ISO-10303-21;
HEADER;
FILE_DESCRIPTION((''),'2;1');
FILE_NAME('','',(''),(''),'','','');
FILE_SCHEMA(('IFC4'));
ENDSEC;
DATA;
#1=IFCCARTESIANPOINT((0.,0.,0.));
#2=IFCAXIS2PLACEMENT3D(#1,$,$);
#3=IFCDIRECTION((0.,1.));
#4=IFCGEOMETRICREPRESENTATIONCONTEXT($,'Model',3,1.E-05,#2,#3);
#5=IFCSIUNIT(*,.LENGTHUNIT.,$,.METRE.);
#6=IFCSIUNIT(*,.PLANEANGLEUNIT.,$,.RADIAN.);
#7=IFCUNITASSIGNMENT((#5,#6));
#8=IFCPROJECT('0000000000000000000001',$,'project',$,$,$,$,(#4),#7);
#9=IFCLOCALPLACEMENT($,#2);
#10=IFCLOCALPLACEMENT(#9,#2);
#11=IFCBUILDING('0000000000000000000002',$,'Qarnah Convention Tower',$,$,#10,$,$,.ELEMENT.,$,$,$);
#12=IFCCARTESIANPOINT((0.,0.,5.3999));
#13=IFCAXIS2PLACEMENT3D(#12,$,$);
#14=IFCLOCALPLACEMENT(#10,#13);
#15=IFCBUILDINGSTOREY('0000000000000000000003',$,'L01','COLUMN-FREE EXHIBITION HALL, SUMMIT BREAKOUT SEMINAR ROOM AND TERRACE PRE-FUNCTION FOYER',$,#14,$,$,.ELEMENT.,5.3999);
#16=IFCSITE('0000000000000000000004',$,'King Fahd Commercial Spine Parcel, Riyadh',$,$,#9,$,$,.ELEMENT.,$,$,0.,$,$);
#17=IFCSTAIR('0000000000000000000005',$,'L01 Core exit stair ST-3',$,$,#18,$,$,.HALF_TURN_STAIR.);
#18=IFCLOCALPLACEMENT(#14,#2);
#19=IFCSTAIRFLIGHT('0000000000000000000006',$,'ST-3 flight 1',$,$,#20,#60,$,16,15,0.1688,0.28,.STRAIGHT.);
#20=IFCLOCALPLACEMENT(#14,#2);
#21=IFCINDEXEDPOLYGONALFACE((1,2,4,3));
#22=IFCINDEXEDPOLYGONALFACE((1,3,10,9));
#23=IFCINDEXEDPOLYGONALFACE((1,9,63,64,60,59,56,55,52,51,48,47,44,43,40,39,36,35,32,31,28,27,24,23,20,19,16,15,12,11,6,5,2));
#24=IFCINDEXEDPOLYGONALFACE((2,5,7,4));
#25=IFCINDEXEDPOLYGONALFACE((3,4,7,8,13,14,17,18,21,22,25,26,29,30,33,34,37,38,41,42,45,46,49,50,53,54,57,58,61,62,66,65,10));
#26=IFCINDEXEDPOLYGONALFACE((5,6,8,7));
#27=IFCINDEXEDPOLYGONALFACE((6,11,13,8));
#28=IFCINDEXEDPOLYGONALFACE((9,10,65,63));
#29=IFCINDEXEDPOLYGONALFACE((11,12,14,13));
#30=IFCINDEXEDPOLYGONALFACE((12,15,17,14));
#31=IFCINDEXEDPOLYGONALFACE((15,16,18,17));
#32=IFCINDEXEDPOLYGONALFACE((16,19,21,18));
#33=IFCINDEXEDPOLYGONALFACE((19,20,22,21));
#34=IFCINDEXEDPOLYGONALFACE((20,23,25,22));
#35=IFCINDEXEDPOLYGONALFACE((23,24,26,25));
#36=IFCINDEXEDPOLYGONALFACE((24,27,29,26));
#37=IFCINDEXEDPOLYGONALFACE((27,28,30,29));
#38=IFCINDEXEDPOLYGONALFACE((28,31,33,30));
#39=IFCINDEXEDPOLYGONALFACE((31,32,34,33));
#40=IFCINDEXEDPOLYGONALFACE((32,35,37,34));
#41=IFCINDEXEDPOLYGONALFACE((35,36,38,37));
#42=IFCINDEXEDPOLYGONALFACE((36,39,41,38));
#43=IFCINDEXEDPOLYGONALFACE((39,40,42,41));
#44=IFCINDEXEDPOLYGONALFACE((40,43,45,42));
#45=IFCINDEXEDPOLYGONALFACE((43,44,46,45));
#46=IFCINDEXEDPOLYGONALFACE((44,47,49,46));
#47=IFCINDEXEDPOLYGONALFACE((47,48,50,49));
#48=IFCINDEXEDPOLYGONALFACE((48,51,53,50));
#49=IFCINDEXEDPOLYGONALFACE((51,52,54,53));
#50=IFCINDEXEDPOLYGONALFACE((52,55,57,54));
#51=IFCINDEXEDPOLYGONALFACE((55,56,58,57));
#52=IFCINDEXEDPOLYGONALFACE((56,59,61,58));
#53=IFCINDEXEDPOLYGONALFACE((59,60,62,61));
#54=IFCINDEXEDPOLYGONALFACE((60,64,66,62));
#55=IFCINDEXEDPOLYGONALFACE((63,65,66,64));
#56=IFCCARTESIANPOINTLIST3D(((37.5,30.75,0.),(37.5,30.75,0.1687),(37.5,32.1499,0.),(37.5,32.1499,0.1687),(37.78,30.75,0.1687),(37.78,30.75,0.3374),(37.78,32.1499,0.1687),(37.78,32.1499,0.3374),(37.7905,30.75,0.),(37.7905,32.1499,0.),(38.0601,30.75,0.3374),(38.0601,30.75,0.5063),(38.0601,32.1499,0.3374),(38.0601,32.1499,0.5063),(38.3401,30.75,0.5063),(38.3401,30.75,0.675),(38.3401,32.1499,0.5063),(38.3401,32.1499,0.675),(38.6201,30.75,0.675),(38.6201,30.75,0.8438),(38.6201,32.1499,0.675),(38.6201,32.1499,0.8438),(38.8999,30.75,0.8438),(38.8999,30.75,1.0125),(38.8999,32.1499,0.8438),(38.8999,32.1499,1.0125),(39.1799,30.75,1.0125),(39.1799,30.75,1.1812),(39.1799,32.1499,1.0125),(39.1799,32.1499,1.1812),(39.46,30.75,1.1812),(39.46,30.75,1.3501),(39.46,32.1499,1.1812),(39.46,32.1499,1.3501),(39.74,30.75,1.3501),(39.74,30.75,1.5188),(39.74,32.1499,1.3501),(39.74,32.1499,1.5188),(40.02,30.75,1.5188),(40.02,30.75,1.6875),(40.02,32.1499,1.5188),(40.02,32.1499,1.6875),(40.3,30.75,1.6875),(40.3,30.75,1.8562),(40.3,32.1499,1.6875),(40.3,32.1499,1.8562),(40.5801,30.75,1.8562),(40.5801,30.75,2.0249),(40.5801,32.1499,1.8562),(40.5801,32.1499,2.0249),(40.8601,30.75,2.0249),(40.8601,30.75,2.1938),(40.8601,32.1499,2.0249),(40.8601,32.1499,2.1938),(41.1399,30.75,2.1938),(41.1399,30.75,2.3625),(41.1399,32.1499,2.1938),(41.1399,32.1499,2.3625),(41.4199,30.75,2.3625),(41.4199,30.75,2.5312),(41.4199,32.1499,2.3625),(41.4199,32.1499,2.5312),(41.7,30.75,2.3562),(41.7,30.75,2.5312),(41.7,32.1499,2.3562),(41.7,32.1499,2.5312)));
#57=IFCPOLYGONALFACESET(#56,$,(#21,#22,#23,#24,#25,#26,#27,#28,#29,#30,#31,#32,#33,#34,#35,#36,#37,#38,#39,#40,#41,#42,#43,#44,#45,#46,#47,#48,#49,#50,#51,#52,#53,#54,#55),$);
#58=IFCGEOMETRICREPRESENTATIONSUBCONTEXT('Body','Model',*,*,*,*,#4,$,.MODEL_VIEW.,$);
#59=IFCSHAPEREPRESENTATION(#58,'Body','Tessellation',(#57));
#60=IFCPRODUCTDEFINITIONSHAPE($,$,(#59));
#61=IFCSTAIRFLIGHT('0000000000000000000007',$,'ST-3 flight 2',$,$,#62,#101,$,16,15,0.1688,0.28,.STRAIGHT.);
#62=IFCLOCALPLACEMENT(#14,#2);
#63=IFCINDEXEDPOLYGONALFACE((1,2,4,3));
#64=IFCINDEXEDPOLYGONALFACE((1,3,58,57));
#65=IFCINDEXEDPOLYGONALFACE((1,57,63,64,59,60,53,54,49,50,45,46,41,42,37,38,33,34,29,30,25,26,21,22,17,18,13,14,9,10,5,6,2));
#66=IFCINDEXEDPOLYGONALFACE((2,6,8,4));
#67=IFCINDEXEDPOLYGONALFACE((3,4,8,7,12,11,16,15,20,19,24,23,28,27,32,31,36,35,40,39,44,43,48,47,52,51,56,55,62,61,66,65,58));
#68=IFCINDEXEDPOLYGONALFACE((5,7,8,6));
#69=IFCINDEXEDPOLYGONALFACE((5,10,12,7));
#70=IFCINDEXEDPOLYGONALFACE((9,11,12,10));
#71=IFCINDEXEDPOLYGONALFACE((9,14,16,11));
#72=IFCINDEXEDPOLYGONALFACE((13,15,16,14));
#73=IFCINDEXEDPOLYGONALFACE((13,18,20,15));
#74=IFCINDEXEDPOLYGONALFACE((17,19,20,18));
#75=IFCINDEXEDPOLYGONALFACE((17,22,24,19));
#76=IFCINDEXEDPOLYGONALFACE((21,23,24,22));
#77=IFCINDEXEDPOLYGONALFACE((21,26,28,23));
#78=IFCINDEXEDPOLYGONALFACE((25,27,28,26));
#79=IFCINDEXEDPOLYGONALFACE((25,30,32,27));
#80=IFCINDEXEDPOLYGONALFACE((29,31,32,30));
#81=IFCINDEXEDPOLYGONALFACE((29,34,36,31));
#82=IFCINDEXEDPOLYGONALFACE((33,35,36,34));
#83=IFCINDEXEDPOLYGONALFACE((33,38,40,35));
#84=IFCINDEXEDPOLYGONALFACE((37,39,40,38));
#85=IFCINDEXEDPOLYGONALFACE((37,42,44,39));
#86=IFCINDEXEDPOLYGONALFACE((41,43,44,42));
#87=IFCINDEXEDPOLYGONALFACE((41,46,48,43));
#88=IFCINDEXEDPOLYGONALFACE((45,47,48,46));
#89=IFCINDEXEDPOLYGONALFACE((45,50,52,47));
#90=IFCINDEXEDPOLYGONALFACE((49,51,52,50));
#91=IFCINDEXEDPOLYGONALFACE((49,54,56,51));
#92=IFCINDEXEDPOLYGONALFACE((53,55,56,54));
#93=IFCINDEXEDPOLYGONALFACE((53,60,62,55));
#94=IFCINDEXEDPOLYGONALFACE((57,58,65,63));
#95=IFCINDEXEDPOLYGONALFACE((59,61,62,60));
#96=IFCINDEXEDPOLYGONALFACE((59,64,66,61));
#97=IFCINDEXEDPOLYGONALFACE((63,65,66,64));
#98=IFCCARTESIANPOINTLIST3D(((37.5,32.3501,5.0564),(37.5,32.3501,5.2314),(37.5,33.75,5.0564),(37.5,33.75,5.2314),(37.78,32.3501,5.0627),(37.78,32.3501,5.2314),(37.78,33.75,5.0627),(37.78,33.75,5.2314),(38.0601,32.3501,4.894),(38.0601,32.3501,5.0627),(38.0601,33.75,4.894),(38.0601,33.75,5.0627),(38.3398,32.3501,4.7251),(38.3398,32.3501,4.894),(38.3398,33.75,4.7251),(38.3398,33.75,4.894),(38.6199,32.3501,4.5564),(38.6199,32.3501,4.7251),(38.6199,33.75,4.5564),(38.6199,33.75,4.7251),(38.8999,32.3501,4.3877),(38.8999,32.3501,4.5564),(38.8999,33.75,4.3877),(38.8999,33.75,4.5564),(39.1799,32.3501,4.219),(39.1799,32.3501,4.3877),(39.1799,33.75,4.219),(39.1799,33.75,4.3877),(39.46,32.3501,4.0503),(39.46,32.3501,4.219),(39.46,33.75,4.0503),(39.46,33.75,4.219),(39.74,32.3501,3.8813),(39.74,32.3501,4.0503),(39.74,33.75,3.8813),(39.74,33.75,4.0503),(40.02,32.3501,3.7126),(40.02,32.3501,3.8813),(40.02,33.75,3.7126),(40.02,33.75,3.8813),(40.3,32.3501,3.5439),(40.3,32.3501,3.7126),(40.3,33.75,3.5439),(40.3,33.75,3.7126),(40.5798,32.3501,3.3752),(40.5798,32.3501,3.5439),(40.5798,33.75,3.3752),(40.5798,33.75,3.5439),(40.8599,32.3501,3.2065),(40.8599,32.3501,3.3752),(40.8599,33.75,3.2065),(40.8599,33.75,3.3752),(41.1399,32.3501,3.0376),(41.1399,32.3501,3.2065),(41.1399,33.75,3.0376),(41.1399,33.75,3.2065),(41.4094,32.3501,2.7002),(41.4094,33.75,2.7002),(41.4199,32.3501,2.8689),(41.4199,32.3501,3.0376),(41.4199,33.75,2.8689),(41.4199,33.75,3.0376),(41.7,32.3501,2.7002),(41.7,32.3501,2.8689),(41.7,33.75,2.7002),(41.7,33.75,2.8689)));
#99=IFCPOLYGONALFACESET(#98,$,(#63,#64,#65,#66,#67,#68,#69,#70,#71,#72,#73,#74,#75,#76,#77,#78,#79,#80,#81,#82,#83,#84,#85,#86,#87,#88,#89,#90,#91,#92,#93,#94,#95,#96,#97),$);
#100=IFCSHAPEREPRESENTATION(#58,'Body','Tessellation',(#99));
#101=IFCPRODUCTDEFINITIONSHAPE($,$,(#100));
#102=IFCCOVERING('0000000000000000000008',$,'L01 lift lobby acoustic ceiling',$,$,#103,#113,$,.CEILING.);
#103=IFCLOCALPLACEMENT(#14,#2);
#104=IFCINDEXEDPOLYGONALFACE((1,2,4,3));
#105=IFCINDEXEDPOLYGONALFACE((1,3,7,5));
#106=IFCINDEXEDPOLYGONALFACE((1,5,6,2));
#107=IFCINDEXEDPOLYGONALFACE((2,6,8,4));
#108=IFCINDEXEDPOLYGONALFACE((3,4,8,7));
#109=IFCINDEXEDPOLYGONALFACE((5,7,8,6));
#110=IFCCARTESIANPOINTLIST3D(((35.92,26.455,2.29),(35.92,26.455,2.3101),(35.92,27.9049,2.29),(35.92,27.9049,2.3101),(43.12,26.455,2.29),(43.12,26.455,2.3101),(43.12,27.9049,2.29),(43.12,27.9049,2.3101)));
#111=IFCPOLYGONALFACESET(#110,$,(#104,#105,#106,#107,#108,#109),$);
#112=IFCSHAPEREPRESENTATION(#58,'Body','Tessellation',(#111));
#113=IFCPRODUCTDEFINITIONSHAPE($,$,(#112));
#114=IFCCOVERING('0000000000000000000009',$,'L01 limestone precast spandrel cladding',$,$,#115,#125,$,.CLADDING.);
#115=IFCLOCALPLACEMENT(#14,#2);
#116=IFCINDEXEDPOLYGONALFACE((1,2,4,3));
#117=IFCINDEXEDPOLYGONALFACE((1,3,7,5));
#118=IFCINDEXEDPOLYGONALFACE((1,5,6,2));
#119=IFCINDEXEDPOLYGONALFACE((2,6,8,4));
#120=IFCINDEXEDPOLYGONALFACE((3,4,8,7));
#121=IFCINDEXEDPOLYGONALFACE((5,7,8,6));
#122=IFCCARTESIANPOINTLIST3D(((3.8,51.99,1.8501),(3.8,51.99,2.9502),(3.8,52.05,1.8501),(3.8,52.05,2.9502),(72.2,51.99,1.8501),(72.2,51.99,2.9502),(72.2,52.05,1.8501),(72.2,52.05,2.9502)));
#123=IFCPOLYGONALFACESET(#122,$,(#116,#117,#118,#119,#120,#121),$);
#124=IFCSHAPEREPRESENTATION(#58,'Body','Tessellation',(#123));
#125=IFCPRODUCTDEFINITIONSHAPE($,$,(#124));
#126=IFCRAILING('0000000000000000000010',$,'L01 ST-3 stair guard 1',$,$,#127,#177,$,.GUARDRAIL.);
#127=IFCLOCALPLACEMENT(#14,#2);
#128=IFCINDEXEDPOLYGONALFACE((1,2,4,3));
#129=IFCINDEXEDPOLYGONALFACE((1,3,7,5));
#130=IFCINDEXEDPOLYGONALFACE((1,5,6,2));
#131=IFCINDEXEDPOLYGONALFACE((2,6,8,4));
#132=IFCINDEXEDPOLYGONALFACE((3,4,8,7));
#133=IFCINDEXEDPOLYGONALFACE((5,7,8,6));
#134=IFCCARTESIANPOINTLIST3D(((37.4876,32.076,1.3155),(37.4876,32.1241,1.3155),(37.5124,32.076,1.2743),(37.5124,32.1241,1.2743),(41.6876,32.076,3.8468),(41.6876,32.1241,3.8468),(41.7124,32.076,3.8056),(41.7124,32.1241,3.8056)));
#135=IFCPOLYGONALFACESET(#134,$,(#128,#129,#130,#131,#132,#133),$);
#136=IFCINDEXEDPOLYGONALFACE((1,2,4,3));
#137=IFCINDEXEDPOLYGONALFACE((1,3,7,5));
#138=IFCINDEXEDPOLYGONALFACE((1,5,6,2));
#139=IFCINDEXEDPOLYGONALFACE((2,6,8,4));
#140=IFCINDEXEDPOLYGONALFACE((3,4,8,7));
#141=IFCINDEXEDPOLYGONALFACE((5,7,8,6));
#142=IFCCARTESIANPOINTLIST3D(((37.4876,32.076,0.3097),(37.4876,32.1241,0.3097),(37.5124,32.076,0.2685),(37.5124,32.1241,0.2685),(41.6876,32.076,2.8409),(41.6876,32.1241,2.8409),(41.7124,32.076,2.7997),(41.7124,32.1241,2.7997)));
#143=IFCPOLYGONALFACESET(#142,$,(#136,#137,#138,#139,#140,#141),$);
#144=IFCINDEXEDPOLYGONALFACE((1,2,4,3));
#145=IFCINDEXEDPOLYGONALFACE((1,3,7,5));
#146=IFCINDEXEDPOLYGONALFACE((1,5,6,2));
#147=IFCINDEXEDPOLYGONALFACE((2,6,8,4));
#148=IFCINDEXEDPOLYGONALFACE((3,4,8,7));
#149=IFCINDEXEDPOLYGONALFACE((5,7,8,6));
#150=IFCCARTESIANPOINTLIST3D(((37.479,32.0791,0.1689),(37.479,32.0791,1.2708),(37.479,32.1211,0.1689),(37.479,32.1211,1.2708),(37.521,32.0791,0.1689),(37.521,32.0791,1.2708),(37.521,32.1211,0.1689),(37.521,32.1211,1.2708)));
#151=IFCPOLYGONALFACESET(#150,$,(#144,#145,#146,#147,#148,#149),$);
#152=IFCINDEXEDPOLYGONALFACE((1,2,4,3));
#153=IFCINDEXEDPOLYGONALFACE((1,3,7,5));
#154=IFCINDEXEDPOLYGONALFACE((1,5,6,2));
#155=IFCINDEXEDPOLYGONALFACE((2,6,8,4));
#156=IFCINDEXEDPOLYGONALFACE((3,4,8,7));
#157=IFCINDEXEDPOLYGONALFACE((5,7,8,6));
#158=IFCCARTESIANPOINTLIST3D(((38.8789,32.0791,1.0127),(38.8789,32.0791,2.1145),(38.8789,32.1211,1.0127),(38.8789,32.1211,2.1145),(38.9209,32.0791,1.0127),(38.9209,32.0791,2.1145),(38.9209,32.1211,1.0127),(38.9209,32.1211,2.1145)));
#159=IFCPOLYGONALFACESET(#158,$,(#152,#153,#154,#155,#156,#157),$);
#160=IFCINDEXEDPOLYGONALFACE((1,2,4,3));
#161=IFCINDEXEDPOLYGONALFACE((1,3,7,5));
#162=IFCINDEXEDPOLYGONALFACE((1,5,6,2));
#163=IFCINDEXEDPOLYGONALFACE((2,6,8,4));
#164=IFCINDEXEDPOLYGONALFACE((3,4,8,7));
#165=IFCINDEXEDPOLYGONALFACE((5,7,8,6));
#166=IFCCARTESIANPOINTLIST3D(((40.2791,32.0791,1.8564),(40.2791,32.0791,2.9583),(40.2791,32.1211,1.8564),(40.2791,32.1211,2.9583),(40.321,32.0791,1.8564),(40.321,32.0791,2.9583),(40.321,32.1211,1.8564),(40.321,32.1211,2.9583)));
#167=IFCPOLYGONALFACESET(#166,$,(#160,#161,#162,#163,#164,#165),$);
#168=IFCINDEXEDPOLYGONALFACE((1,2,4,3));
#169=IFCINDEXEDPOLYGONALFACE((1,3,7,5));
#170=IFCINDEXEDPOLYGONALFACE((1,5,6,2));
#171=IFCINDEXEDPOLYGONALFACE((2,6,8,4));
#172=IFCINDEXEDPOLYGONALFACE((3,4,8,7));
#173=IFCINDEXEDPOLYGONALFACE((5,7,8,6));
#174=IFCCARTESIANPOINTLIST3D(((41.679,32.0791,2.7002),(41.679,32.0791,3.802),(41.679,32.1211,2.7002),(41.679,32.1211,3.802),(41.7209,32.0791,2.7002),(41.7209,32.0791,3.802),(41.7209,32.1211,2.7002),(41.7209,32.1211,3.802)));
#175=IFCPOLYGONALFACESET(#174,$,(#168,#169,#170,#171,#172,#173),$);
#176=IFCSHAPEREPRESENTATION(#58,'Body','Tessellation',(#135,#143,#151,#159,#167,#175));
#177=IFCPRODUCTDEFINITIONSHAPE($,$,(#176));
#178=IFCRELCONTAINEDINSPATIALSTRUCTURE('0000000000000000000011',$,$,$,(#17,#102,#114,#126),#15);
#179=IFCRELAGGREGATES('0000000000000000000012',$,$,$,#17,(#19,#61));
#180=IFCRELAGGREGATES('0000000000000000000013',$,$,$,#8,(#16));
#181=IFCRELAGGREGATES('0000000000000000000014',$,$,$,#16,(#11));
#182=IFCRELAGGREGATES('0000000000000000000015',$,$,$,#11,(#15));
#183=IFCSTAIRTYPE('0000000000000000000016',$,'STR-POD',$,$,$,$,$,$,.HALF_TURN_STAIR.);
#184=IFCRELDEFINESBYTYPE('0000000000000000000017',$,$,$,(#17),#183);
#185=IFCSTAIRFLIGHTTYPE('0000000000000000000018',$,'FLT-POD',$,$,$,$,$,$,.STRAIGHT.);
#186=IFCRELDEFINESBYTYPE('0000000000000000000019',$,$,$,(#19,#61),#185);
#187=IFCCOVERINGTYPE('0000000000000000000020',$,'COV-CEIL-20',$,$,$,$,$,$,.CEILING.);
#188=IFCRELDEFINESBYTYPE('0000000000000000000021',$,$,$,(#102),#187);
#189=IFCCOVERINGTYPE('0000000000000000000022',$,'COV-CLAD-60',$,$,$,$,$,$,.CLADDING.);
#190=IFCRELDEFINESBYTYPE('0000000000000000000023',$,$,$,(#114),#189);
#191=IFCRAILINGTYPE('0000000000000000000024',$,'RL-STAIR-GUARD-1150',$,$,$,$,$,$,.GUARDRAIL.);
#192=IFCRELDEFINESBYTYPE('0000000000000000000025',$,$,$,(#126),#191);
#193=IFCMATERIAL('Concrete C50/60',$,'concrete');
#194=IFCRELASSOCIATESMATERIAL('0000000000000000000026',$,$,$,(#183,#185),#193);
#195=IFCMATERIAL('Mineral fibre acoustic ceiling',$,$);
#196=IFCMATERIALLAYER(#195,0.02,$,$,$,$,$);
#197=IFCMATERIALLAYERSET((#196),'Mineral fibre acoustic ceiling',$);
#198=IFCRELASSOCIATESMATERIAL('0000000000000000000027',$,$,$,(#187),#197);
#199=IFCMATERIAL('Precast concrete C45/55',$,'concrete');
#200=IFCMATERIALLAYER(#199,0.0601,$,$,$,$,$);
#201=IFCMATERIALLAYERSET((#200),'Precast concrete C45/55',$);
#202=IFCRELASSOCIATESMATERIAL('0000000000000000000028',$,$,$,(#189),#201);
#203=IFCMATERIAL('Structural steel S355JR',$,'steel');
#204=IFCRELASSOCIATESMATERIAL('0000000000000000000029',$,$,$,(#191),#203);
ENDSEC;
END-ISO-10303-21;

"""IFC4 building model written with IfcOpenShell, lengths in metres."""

from ifc_helpers import new_model, si_unit, direction, frame, origin, origin_2d, place, context, subcontext, project, spatial, polyline, rectangle, outline, extrude, material, layer, layer_set, type_object, element, aggregate, save


model = new_model("IFC4")

# Units and contexts
model_context = context("Model", 3, precision=1e-05, world=origin(), true_north=direction((0.0, 1.0)))
body_context = subcontext(model_context, "Body", "Model", "MODEL_VIEW")
ifc_project = project(units=[si_unit("LENGTHUNIT", "METRE"), si_unit("PLANEANGLEUNIT", "RADIAN")], contexts=[model_context])

# Site, building, storey
site_placement = place(None, origin())
site = spatial("IfcSite", under=ifc_project, at=site_placement, Name="King Fahd Commercial Spine Parcel, Riyadh", CompositionType="ELEMENT", RefElevation=0.0)
building_placement = place(site_placement, origin())
building = spatial("IfcBuilding", under=site, at=building_placement, Name="Qarnah Convention Tower", CompositionType="ELEMENT")
storey_placement = place(building_placement, frame((0.0, 0.0, 5.3999)))
storey = spatial("IfcBuildingStorey", under=building, at=storey_placement, Name="L01", Description="COLUMN-FREE EXHIBITION HALL, SUMMIT BREAKOUT SEMINAR ROOM AND TERRACE PRE-FUNCTION FOYER", CompositionType="ELEMENT", Elevation=5.3999)

# Shared definitions
ifc_material_1 = material(Name="Structural steel S355JR", Category="steel")

# Stair, stair flights
ifc_material_2 = material(Name="Concrete C50/60", Category="concrete")
stair_type = type_object("IfcStairType", Name="STR-POD", PredefinedType="HALF_TURN_STAIR", material=ifc_material_2)
stair_placement = place(storey_placement, origin())
stair = element("IfcStair", 1, at=stair_placement, inside=storey, type_object=stair_type, Name="L01 Core exit stair ST-3", PredefinedType="HALF_TURN_STAIR")
stair_flight_type = type_object("IfcStairFlightType", Name="FLT-POD", PredefinedType="STRAIGHT", material=ifc_material_2)
stair_flight_1_placement = place(storey_placement, frame((37.5, 31.45, 0.0), z_axis=(0.0, 0.0, 1.0), x_axis=(1.0, 0.0, 0.0)))
stair_flight_1 = element("IfcStairFlight", 2, at=stair_flight_1_placement, type_object=stair_flight_type, Name="ST-3 flight 1", NumberOfRisers=16, NumberOfTreads=15, PredefinedType="STRAIGHT", RiserHeight=0.1688, TreadLength=0.28, context=body_context, shape_type="SweptSolid", body=[
    extrude(outline(polyline([(0.0, 0.0), (0.0, 0.1687), (0.28, 0.1687), (0.28, 0.3374), (0.5601, 0.3374), (0.5601, 0.5063), (0.8401, 0.5063), (0.8401, 0.675), (1.1201, 0.675), (1.1201, 0.8438), (1.3999, 0.8438), (1.3999, 1.0125), (1.6799, 1.0125), (1.6799, 1.1812), (1.96, 1.1812), (1.96, 1.3501), (2.24, 1.3501), (2.24, 1.5188), (2.52, 1.5188), (2.52, 1.6875), (2.8, 1.6875), (2.8, 1.8562), (3.0801, 1.8562), (3.0801, 2.0249), (3.3601, 2.0249), (3.3601, 2.1938), (3.6399, 2.1938), (3.6399, 2.3625), (3.9199, 2.3625), (3.9199, 2.5312), (4.2, 2.5312), (4.2, 2.7), (4.2, 2.3562), (0.2905, 0.0), (0.0, 0.0)])), frame((0.0, 0.7, 0.0), z_axis=(0.0, -1.0, 0.0), x_axis=(1.0, 0.0, 0.0)), (0.0, 0.0, 1.0), 1.3999),
])
stair_flight_2_placement = place(storey_placement, frame((41.7, 33.05, 2.7002), z_axis=(0.0, 0.0, 1.0), x_axis=(-1.0, 0.0, 0.0)))
stair_flight_2 = element("IfcStairFlight", 3, at=stair_flight_2_placement, type_object=stair_flight_type, Name="ST-3 flight 2", NumberOfRisers=16, NumberOfTreads=15, PredefinedType="STRAIGHT", RiserHeight=0.1688, TreadLength=0.28, context=body_context, shape_type="SweptSolid", body=[
    extrude(outline(polyline([(0.0, 0.0), (0.0, 0.1687), (0.28, 0.1687), (0.28, 0.3374), (0.5601, 0.3374), (0.5601, 0.5063), (0.8401, 0.5063), (0.8401, 0.675), (1.1201, 0.675), (1.1201, 0.8438), (1.3999, 0.8438), (1.3999, 1.0125), (1.6799, 1.0125), (1.6799, 1.1812), (1.96, 1.1812), (1.96, 1.3501), (2.24, 1.3501), (2.24, 1.5188), (2.52, 1.5188), (2.52, 1.6875), (2.8, 1.6875), (2.8, 1.8562), (3.0801, 1.8562), (3.0801, 2.0249), (3.3601, 2.0249), (3.3601, 2.1938), (3.6399, 2.1938), (3.6399, 2.3625), (3.9199, 2.3625), (3.9199, 2.5312), (4.2, 2.5312), (4.2, 2.7), (4.2, 2.3562), (0.2905, 0.0), (0.0, 0.0)])), frame((0.0, 0.7, 0.0), z_axis=(0.0, -1.0, 0.0), x_axis=(1.0, 0.0, 0.0)), (0.0, 0.0, 1.0), 1.3999),
])
aggregate(stair, [stair_flight_1, stair_flight_2])

# Coverings
ifc_material_3 = material(Name="Mineral fibre acoustic ceiling")
ifc_layer_1 = layer(ifc_material_3, 0.02)
ifc_layer_set_1 = layer_set([ifc_layer_1], Name="Mineral fibre acoustic ceiling")
covering_type_1 = type_object("IfcCoveringType", Name="COV-CEIL-20", PredefinedType="CEILING", material=ifc_layer_set_1)
covering_1_placement = place(storey_placement, frame((39.52, 27.1799, 2.29), z_axis=(0.0, 0.0, 1.0), x_axis=(1.0, 0.0, 0.0)))
element("IfcCovering", 4, at=covering_1_placement, inside=storey, type_object=covering_type_1, Name="L01 lift lobby acoustic ceiling", PredefinedType="CEILING", context=body_context, shape_type="SweptSolid", body=[
    extrude(rectangle(XDim=7.2, YDim=1.45, at=origin_2d()), origin(), (0.0, 0.0, 1.0), 0.02),
])
ifc_material_4 = material(Name="Precast concrete C45/55", Category="concrete")
ifc_layer_2 = layer(ifc_material_4, 0.0601)
ifc_layer_set_2 = layer_set([ifc_layer_2], Name="Precast concrete C45/55")
covering_type_2 = type_object("IfcCoveringType", Name="COV-CLAD-60", PredefinedType="CLADDING", material=ifc_layer_set_2)
covering_2_placement = place(storey_placement, frame((38.0, 52.02, 1.8501), z_axis=(0.0, 0.0, 1.0), x_axis=(1.0, 0.0, 0.0)))
element("IfcCovering", 5, at=covering_2_placement, inside=storey, type_object=covering_type_2, Name="L01 limestone precast spandrel cladding", PredefinedType="CLADDING", context=body_context, shape_type="SweptSolid", body=[
    extrude(rectangle(XDim=68.3999, YDim=0.0601, at=origin_2d()), origin(), (0.0, 0.0, 1.0), 1.1001),
])

# Railing
railing_type_1 = type_object("IfcRailingType", Name="RL-STAIR-GUARD-1150", PredefinedType="GUARDRAIL", material=ifc_material_1)
railing_1_placement = place(storey_placement, frame((37.5, 32.1001, 0.1689)))
element("IfcRailing", 6, at=railing_1_placement, inside=storey, type_object=railing_type_1, Name="L01 ST-3 stair guard 1", PredefinedType="GUARDRAIL", context=body_context, shape_type="SweptSolid", body=[
    extrude(rectangle(XDim=0.0481, YDim=0.0481, at=origin_2d()), frame((0.0, 0.0, 1.126), z_axis=(0.856476, 0.0, 0.516186), x_axis=(0.0, 1.0, 0.0)), (0.0, 0.0, 1.0), 4.9038),
    extrude(rectangle(XDim=0.0481, YDim=0.0481, at=origin_2d()), frame((0.0, 0.0, 0.1201), z_axis=(0.856476, 0.0, 0.516186), x_axis=(0.0, 1.0, 0.0)), (0.0, 0.0, 1.0), 4.9038),
    extrude(rectangle(XDim=0.042, YDim=0.042, at=origin_2d()), origin(), (0.0, 0.0, 1.0), 1.1018),
    extrude(rectangle(XDim=0.042, YDim=0.042, at=origin_2d()), frame((1.3999, 0.0, 0.8438)), (0.0, 0.0, 1.0), 1.1018),
    extrude(rectangle(XDim=0.042, YDim=0.042, at=origin_2d()), frame((2.8, 0.0, 1.6875)), (0.0, 0.0, 1.0), 1.1018),
    extrude(rectangle(XDim=0.042, YDim=0.042, at=origin_2d()), frame((4.2, 0.0, 2.5312)), (0.0, 0.0, 1.0), 1.1018),
])

save(model, "model.ifc")
